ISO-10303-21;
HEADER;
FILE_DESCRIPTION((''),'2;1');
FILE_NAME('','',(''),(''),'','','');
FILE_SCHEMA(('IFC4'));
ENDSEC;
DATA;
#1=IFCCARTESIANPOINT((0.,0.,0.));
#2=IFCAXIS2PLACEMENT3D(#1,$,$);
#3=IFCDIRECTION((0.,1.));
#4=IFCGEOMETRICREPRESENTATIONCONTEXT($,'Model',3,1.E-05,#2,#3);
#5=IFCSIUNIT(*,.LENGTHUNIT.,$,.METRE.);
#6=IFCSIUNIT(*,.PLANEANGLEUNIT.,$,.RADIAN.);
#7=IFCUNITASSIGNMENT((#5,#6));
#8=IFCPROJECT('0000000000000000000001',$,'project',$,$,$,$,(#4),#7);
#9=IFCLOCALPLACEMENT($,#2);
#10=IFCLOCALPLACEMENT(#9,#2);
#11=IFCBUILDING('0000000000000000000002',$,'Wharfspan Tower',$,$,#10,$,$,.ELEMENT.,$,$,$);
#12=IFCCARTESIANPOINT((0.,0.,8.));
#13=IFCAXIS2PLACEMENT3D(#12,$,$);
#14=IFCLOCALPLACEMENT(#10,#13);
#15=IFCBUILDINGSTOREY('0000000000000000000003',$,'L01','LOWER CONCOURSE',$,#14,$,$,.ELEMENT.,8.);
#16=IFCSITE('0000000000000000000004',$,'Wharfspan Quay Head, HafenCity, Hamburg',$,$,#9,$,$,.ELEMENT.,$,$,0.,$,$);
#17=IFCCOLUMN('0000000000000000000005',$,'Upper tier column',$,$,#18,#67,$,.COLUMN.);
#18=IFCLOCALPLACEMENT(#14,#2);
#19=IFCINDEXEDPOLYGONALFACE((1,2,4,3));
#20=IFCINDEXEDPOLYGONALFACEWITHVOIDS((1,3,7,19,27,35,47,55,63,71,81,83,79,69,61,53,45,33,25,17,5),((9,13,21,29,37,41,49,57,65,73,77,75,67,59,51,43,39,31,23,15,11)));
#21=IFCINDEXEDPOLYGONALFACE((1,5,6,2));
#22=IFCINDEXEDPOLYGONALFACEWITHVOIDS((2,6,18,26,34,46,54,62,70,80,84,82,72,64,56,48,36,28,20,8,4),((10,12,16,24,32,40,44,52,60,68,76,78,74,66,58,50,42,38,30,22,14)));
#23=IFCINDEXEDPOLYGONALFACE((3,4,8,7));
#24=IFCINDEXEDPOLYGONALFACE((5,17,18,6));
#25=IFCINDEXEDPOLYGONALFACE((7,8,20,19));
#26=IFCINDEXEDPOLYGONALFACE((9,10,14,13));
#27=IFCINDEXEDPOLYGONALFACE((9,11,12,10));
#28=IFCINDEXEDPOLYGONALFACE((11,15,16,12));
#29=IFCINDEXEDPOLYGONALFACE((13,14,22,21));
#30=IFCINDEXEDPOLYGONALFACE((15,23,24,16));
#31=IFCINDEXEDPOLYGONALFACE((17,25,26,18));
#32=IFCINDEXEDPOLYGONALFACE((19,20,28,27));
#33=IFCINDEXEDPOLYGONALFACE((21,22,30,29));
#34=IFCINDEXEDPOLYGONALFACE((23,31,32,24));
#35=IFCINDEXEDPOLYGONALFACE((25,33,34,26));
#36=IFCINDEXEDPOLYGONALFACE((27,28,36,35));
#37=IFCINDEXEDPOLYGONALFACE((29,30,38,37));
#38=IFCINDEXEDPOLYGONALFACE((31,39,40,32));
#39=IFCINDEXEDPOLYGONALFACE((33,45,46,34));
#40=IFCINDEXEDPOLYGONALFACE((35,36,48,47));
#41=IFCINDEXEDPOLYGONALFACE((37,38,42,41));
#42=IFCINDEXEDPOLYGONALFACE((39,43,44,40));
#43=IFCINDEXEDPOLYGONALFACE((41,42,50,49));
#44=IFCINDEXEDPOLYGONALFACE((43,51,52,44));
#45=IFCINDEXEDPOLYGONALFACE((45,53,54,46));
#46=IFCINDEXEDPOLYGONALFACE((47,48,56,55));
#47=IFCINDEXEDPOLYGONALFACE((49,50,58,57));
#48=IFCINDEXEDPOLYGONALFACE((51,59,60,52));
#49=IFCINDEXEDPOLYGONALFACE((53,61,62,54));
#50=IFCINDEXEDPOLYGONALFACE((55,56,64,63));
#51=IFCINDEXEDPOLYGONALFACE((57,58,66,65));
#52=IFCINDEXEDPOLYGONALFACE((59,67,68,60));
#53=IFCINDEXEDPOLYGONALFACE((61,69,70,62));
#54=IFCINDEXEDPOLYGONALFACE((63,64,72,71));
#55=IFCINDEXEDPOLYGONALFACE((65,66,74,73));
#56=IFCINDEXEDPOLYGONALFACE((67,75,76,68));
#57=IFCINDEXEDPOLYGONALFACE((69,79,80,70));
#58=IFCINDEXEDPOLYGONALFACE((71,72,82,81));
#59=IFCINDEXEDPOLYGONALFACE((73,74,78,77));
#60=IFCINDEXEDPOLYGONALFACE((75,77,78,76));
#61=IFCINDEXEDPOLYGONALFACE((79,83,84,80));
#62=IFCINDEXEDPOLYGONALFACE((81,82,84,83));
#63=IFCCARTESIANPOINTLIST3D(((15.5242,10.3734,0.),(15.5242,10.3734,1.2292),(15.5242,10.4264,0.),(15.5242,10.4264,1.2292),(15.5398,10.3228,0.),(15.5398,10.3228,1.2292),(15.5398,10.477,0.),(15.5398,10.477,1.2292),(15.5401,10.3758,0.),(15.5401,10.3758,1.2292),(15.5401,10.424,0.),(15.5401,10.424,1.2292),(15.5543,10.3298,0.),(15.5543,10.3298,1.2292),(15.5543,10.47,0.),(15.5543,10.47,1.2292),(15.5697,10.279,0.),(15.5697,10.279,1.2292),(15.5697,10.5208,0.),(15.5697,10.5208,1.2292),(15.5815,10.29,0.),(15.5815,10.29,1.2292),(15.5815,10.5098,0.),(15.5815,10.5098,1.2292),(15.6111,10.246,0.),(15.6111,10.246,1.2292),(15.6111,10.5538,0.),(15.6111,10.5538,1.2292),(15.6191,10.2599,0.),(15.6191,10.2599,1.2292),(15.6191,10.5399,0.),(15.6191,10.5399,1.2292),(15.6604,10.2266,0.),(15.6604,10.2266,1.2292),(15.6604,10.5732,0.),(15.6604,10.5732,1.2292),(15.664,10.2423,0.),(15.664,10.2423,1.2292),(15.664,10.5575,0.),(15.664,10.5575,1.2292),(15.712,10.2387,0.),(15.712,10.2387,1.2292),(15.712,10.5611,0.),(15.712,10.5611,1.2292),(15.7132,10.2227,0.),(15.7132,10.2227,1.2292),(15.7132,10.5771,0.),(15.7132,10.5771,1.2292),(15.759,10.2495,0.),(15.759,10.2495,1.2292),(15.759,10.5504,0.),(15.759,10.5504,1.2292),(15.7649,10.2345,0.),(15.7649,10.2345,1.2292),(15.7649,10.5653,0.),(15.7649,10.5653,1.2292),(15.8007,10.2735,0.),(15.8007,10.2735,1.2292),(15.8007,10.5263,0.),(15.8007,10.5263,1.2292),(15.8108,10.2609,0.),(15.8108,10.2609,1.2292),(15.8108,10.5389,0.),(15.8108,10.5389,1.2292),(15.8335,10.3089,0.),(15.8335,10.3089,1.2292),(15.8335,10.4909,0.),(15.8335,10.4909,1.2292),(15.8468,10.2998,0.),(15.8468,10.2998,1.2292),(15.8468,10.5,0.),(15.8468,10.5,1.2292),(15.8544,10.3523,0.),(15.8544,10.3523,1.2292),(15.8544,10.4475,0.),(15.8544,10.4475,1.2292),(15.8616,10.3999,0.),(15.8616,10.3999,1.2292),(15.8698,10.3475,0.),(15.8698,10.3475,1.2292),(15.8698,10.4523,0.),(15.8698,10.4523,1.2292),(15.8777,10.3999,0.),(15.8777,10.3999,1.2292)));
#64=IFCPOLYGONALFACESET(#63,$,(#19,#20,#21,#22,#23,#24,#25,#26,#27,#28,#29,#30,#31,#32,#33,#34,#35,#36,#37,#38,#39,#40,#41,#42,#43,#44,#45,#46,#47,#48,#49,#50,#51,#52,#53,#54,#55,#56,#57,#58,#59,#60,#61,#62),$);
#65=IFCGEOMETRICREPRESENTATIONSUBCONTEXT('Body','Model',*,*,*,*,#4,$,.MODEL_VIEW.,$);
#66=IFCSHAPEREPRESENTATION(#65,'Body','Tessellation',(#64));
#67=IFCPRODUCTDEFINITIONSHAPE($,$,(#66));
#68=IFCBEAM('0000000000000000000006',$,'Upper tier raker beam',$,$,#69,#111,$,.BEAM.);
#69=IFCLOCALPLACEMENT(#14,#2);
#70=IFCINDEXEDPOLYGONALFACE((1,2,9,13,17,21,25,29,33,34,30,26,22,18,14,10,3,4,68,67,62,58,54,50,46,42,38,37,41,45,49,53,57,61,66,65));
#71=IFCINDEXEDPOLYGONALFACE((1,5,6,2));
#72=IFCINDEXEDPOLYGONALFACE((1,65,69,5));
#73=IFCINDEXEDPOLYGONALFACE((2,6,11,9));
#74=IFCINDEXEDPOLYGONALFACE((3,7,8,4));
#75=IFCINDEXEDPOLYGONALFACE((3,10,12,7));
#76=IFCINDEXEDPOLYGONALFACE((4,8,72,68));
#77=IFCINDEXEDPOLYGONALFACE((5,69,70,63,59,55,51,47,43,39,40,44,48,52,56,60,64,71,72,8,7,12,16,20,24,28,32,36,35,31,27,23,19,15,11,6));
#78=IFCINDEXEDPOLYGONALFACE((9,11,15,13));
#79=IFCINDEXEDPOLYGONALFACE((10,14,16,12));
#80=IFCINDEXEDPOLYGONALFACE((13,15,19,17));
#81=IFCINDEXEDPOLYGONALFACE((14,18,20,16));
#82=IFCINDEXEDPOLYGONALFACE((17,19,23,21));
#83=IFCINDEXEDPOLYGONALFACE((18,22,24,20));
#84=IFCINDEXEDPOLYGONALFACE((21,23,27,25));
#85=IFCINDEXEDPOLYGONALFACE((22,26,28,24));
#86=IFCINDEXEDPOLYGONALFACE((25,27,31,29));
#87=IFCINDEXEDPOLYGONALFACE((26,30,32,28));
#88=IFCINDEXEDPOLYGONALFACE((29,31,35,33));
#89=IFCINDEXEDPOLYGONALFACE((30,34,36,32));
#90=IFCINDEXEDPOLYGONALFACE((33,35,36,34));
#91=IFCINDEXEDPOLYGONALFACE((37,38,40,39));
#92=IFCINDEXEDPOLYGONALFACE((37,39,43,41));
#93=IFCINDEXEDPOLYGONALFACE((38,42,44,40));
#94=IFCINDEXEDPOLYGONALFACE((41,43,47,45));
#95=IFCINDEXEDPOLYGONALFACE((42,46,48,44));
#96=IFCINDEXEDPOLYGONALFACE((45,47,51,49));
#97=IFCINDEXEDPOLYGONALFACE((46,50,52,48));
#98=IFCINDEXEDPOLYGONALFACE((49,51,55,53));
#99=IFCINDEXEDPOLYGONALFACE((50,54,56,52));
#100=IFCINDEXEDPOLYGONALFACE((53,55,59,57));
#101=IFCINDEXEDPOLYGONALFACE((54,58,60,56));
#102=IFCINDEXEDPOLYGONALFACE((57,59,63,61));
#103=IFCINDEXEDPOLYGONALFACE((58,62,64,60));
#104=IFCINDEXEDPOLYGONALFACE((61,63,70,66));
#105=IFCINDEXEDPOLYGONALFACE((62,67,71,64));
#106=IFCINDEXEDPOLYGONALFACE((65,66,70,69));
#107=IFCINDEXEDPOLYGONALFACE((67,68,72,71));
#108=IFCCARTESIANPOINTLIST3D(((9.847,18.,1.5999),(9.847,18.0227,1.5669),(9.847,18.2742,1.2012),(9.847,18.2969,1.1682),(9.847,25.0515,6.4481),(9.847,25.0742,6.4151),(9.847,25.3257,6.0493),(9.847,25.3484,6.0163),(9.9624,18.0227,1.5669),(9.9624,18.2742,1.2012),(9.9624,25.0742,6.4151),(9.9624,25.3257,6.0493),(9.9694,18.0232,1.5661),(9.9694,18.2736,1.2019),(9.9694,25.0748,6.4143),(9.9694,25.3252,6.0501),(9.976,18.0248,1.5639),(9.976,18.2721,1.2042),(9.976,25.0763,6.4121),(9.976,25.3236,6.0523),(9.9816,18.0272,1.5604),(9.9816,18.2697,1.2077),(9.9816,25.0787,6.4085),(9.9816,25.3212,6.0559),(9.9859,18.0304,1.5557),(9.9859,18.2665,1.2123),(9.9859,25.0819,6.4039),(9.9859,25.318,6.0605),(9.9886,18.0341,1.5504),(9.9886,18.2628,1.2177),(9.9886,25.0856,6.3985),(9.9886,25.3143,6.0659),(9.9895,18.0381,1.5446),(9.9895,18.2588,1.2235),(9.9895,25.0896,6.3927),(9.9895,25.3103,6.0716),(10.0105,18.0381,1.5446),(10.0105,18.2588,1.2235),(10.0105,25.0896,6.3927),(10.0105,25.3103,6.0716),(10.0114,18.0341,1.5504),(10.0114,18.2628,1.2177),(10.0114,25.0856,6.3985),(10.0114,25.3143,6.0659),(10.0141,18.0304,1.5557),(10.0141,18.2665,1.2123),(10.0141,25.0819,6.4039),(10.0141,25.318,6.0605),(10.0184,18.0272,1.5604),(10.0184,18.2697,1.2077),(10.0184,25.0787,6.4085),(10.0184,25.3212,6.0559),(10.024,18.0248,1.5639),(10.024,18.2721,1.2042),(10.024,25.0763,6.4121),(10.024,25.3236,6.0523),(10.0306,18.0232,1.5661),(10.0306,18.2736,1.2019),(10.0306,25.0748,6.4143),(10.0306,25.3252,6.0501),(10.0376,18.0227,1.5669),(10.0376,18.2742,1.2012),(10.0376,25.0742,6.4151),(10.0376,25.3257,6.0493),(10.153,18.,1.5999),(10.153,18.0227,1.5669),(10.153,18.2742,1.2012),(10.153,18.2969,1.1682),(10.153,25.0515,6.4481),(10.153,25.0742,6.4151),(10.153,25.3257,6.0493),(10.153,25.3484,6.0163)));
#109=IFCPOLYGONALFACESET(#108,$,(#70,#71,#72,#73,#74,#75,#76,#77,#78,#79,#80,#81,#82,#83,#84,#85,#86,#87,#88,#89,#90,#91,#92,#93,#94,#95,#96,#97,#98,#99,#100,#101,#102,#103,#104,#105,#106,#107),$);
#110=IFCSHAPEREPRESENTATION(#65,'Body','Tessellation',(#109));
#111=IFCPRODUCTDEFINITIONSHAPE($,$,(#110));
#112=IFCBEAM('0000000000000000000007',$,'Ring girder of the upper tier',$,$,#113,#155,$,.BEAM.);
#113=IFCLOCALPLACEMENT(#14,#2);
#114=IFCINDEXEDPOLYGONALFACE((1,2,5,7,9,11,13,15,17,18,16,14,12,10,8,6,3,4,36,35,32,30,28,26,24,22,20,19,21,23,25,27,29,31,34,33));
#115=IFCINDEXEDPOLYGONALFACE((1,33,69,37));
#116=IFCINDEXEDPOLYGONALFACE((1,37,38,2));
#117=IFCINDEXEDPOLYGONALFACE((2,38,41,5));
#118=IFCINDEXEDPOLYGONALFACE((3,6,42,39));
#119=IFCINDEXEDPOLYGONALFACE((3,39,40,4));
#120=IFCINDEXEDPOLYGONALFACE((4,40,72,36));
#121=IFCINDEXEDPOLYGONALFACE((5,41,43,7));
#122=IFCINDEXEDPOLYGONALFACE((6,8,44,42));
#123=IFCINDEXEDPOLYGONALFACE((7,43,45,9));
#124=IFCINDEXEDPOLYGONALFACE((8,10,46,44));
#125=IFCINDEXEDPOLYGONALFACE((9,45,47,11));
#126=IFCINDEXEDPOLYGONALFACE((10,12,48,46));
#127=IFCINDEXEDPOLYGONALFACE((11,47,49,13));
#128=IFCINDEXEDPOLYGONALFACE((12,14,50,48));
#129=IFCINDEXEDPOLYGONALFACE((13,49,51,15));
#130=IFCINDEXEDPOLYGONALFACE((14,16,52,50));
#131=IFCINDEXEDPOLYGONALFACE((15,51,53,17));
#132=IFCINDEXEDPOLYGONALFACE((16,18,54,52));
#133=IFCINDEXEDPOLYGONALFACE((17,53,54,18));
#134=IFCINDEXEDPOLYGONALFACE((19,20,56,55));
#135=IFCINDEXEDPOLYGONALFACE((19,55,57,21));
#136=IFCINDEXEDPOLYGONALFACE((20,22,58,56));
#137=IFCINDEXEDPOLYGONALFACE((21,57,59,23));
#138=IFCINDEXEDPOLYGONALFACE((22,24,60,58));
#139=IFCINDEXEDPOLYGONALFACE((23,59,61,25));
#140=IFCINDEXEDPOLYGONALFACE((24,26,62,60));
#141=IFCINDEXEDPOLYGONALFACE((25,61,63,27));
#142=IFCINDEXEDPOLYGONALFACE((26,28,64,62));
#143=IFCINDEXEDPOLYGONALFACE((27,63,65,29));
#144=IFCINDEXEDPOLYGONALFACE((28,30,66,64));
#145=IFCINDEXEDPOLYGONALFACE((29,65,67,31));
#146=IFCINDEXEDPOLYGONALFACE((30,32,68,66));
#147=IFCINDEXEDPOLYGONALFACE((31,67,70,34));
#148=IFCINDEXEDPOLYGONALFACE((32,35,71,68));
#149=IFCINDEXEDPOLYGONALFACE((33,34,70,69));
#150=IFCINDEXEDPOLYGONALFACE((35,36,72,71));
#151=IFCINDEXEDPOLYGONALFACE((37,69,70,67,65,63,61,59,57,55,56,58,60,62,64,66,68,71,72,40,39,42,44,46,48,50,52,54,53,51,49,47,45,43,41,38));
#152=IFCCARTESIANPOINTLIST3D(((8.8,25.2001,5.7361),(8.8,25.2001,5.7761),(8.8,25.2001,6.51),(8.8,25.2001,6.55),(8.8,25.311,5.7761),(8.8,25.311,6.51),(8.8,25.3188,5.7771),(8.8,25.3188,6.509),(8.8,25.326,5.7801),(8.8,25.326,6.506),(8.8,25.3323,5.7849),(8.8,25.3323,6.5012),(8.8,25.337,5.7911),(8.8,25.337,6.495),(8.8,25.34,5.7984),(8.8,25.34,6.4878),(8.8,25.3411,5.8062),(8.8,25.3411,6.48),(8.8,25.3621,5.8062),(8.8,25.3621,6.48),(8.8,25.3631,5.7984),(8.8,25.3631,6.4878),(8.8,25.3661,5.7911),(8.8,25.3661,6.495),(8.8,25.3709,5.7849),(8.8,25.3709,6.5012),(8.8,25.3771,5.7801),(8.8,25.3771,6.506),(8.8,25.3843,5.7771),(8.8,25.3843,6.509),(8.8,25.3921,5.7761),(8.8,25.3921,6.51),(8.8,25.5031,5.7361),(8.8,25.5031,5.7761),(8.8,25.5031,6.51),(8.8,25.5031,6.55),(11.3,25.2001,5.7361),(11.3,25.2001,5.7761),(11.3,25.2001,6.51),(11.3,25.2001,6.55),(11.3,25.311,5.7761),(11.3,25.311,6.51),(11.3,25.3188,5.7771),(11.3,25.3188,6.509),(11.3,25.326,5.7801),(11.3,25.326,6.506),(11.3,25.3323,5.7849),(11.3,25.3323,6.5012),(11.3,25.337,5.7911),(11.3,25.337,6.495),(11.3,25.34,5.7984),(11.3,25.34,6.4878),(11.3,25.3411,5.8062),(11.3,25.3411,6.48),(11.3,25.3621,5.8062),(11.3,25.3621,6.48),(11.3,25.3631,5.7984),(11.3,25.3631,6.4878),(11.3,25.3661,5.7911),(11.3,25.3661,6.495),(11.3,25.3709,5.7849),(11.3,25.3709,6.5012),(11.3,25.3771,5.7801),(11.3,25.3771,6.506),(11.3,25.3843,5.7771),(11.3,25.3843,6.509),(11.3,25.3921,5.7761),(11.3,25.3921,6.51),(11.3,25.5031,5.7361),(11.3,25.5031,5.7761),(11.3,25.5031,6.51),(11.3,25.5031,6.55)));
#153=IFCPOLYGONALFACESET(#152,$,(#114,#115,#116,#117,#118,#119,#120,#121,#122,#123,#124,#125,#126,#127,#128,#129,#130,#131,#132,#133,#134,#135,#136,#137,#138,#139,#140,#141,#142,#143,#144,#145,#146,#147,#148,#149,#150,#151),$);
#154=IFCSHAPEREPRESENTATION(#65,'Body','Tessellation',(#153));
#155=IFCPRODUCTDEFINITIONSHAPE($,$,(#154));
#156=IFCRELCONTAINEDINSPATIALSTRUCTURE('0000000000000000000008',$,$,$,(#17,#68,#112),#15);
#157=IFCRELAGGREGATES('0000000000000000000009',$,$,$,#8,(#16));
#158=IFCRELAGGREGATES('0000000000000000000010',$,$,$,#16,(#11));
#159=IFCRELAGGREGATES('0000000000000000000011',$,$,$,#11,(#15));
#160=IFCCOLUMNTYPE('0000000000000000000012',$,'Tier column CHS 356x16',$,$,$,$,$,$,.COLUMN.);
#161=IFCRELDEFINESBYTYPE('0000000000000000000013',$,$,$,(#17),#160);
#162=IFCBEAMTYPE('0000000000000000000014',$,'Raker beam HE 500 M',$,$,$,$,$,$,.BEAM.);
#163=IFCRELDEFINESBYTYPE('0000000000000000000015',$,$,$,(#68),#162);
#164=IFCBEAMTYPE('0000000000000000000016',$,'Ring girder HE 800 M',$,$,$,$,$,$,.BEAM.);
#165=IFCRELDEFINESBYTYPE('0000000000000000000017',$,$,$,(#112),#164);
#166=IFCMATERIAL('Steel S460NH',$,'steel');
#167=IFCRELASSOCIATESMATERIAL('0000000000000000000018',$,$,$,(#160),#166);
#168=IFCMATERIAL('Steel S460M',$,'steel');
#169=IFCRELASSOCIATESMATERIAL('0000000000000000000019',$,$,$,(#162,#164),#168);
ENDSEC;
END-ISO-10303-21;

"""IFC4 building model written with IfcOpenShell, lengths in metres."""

from ifc_helpers import new_model, si_unit, direction, frame, origin, origin_2d, place, context, subcontext, project, spatial, hollow_circle, i_section, extrude, material, material_profile, profile_set, type_object, element, save


model = new_model("IFC4")

# Units and contexts
model_context = context("Model", 3, precision=1e-05, world=origin(), true_north=direction((0.0, 1.0)))
body_context = subcontext(model_context, "Body", "Model", "MODEL_VIEW")
ifc_project = project(units=[si_unit("LENGTHUNIT", "METRE"), si_unit("PLANEANGLEUNIT", "RADIAN")], contexts=[model_context])

# Site, building, storey
site_placement = place(None, origin())
site = spatial("IfcSite", under=ifc_project, at=site_placement, Name="Wharfspan Quay Head, HafenCity, Hamburg", CompositionType="ELEMENT", RefElevation=0.0)
building_placement = place(site_placement, origin())
building = spatial("IfcBuilding", under=site, at=building_placement, Name="Wharfspan Tower", CompositionType="ELEMENT")
storey_placement = place(building_placement, frame((0.0, 0.0, 8.0)))
storey = spatial("IfcBuildingStorey", under=building, at=storey_placement, Name="L01", Description="LOWER CONCOURSE", CompositionType="ELEMENT", Elevation=8.0)

# Column
ifc_material_1 = material(Name="Steel S460NH", Category="steel")
ifc_material_profile_1 = material_profile(ifc_material_1, hollow_circle(Radius=0.1777, WallThickness=0.0161, at=origin_2d()))
ifc_profile_set_1 = profile_set([ifc_material_profile_1], Name="Steel S460NH")
column_type_1 = type_object("IfcColumnType", Name="Tier column CHS 356x16", PredefinedType="COLUMN", material=ifc_profile_set_1)
for number, where, z_axis, x_axis, name in (
    (1, (15.7, 10.3999, 0.0), (0.0, 0.0, 1.0), (1.0, 0.0, 0.0), "Upper tier column"),
):
    element("IfcColumn", number, at=place(storey_placement, frame(where, z_axis=z_axis, x_axis=x_axis)), inside=storey, type_object=column_type_1, Name=name, PredefinedType="COLUMN", context=body_context, shape_type="SweptSolid", body=[
        extrude(hollow_circle(Radius=0.1777, WallThickness=0.0161, at=origin_2d()), origin(), (0.0, 0.0, 1.0), 1.2292),
    ])

# Beams
ifc_material_2 = material(Name="Steel S460M", Category="steel")
ifc_material_profile_2 = material_profile(ifc_material_2, i_section(OverallWidth=0.3059, OverallDepth=0.5239, WebThickness=0.021, FlangeThickness=0.04, FilletRadius=0.0271, at=origin_2d()))
ifc_profile_set_2 = profile_set([ifc_material_profile_2], Name="Steel S460M")
beam_type_1 = type_object("IfcBeamType", Name="Raker beam HE 500 M", PredefinedType="BEAM", material=ifc_profile_set_2)
beam_1_placement = place(storey_placement, frame((10.0, 18.1484, 1.384), z_axis=(0.0, 0.824029, 0.566547), x_axis=(-1.0, 0.0, 0.0)))
element("IfcBeam", 2, at=beam_1_placement, inside=storey, type_object=beam_type_1, Name="Upper tier raker beam", PredefinedType="BEAM", context=body_context, shape_type="SweptSolid", body=[
    extrude(i_section(OverallWidth=0.3059, OverallDepth=0.5239, WebThickness=0.021, FlangeThickness=0.04, FilletRadius=0.0271, at=origin_2d()), origin(), (0.0, 0.0, 1.0), 8.5574),
])
ifc_material_profile_3 = material_profile(ifc_material_2, i_section(OverallWidth=0.303, OverallDepth=0.814, WebThickness=0.021, FlangeThickness=0.04, FilletRadius=0.03, at=origin_2d()))
ifc_profile_set_3 = profile_set([ifc_material_profile_3], Name="Steel S460M")
beam_type_2 = type_object("IfcBeamType", Name="Ring girder HE 800 M", PredefinedType="BEAM", material=ifc_profile_set_3)
beam_2_placement = place(storey_placement, frame((8.8, 25.3516, 6.1431), z_axis=(1.0, 0.0, 0.0), x_axis=(0.0, 1.0, 0.0)))
element("IfcBeam", 3, at=beam_2_placement, inside=storey, type_object=beam_type_2, Name="Ring girder of the upper tier", PredefinedType="BEAM", context=body_context, shape_type="SweptSolid", body=[
    extrude(i_section(OverallWidth=0.303, OverallDepth=0.814, WebThickness=0.021, FlangeThickness=0.04, FilletRadius=0.03, at=origin_2d()), origin(), (0.0, 0.0, 1.0), 2.5),
])

save(model, "model.ifc")
